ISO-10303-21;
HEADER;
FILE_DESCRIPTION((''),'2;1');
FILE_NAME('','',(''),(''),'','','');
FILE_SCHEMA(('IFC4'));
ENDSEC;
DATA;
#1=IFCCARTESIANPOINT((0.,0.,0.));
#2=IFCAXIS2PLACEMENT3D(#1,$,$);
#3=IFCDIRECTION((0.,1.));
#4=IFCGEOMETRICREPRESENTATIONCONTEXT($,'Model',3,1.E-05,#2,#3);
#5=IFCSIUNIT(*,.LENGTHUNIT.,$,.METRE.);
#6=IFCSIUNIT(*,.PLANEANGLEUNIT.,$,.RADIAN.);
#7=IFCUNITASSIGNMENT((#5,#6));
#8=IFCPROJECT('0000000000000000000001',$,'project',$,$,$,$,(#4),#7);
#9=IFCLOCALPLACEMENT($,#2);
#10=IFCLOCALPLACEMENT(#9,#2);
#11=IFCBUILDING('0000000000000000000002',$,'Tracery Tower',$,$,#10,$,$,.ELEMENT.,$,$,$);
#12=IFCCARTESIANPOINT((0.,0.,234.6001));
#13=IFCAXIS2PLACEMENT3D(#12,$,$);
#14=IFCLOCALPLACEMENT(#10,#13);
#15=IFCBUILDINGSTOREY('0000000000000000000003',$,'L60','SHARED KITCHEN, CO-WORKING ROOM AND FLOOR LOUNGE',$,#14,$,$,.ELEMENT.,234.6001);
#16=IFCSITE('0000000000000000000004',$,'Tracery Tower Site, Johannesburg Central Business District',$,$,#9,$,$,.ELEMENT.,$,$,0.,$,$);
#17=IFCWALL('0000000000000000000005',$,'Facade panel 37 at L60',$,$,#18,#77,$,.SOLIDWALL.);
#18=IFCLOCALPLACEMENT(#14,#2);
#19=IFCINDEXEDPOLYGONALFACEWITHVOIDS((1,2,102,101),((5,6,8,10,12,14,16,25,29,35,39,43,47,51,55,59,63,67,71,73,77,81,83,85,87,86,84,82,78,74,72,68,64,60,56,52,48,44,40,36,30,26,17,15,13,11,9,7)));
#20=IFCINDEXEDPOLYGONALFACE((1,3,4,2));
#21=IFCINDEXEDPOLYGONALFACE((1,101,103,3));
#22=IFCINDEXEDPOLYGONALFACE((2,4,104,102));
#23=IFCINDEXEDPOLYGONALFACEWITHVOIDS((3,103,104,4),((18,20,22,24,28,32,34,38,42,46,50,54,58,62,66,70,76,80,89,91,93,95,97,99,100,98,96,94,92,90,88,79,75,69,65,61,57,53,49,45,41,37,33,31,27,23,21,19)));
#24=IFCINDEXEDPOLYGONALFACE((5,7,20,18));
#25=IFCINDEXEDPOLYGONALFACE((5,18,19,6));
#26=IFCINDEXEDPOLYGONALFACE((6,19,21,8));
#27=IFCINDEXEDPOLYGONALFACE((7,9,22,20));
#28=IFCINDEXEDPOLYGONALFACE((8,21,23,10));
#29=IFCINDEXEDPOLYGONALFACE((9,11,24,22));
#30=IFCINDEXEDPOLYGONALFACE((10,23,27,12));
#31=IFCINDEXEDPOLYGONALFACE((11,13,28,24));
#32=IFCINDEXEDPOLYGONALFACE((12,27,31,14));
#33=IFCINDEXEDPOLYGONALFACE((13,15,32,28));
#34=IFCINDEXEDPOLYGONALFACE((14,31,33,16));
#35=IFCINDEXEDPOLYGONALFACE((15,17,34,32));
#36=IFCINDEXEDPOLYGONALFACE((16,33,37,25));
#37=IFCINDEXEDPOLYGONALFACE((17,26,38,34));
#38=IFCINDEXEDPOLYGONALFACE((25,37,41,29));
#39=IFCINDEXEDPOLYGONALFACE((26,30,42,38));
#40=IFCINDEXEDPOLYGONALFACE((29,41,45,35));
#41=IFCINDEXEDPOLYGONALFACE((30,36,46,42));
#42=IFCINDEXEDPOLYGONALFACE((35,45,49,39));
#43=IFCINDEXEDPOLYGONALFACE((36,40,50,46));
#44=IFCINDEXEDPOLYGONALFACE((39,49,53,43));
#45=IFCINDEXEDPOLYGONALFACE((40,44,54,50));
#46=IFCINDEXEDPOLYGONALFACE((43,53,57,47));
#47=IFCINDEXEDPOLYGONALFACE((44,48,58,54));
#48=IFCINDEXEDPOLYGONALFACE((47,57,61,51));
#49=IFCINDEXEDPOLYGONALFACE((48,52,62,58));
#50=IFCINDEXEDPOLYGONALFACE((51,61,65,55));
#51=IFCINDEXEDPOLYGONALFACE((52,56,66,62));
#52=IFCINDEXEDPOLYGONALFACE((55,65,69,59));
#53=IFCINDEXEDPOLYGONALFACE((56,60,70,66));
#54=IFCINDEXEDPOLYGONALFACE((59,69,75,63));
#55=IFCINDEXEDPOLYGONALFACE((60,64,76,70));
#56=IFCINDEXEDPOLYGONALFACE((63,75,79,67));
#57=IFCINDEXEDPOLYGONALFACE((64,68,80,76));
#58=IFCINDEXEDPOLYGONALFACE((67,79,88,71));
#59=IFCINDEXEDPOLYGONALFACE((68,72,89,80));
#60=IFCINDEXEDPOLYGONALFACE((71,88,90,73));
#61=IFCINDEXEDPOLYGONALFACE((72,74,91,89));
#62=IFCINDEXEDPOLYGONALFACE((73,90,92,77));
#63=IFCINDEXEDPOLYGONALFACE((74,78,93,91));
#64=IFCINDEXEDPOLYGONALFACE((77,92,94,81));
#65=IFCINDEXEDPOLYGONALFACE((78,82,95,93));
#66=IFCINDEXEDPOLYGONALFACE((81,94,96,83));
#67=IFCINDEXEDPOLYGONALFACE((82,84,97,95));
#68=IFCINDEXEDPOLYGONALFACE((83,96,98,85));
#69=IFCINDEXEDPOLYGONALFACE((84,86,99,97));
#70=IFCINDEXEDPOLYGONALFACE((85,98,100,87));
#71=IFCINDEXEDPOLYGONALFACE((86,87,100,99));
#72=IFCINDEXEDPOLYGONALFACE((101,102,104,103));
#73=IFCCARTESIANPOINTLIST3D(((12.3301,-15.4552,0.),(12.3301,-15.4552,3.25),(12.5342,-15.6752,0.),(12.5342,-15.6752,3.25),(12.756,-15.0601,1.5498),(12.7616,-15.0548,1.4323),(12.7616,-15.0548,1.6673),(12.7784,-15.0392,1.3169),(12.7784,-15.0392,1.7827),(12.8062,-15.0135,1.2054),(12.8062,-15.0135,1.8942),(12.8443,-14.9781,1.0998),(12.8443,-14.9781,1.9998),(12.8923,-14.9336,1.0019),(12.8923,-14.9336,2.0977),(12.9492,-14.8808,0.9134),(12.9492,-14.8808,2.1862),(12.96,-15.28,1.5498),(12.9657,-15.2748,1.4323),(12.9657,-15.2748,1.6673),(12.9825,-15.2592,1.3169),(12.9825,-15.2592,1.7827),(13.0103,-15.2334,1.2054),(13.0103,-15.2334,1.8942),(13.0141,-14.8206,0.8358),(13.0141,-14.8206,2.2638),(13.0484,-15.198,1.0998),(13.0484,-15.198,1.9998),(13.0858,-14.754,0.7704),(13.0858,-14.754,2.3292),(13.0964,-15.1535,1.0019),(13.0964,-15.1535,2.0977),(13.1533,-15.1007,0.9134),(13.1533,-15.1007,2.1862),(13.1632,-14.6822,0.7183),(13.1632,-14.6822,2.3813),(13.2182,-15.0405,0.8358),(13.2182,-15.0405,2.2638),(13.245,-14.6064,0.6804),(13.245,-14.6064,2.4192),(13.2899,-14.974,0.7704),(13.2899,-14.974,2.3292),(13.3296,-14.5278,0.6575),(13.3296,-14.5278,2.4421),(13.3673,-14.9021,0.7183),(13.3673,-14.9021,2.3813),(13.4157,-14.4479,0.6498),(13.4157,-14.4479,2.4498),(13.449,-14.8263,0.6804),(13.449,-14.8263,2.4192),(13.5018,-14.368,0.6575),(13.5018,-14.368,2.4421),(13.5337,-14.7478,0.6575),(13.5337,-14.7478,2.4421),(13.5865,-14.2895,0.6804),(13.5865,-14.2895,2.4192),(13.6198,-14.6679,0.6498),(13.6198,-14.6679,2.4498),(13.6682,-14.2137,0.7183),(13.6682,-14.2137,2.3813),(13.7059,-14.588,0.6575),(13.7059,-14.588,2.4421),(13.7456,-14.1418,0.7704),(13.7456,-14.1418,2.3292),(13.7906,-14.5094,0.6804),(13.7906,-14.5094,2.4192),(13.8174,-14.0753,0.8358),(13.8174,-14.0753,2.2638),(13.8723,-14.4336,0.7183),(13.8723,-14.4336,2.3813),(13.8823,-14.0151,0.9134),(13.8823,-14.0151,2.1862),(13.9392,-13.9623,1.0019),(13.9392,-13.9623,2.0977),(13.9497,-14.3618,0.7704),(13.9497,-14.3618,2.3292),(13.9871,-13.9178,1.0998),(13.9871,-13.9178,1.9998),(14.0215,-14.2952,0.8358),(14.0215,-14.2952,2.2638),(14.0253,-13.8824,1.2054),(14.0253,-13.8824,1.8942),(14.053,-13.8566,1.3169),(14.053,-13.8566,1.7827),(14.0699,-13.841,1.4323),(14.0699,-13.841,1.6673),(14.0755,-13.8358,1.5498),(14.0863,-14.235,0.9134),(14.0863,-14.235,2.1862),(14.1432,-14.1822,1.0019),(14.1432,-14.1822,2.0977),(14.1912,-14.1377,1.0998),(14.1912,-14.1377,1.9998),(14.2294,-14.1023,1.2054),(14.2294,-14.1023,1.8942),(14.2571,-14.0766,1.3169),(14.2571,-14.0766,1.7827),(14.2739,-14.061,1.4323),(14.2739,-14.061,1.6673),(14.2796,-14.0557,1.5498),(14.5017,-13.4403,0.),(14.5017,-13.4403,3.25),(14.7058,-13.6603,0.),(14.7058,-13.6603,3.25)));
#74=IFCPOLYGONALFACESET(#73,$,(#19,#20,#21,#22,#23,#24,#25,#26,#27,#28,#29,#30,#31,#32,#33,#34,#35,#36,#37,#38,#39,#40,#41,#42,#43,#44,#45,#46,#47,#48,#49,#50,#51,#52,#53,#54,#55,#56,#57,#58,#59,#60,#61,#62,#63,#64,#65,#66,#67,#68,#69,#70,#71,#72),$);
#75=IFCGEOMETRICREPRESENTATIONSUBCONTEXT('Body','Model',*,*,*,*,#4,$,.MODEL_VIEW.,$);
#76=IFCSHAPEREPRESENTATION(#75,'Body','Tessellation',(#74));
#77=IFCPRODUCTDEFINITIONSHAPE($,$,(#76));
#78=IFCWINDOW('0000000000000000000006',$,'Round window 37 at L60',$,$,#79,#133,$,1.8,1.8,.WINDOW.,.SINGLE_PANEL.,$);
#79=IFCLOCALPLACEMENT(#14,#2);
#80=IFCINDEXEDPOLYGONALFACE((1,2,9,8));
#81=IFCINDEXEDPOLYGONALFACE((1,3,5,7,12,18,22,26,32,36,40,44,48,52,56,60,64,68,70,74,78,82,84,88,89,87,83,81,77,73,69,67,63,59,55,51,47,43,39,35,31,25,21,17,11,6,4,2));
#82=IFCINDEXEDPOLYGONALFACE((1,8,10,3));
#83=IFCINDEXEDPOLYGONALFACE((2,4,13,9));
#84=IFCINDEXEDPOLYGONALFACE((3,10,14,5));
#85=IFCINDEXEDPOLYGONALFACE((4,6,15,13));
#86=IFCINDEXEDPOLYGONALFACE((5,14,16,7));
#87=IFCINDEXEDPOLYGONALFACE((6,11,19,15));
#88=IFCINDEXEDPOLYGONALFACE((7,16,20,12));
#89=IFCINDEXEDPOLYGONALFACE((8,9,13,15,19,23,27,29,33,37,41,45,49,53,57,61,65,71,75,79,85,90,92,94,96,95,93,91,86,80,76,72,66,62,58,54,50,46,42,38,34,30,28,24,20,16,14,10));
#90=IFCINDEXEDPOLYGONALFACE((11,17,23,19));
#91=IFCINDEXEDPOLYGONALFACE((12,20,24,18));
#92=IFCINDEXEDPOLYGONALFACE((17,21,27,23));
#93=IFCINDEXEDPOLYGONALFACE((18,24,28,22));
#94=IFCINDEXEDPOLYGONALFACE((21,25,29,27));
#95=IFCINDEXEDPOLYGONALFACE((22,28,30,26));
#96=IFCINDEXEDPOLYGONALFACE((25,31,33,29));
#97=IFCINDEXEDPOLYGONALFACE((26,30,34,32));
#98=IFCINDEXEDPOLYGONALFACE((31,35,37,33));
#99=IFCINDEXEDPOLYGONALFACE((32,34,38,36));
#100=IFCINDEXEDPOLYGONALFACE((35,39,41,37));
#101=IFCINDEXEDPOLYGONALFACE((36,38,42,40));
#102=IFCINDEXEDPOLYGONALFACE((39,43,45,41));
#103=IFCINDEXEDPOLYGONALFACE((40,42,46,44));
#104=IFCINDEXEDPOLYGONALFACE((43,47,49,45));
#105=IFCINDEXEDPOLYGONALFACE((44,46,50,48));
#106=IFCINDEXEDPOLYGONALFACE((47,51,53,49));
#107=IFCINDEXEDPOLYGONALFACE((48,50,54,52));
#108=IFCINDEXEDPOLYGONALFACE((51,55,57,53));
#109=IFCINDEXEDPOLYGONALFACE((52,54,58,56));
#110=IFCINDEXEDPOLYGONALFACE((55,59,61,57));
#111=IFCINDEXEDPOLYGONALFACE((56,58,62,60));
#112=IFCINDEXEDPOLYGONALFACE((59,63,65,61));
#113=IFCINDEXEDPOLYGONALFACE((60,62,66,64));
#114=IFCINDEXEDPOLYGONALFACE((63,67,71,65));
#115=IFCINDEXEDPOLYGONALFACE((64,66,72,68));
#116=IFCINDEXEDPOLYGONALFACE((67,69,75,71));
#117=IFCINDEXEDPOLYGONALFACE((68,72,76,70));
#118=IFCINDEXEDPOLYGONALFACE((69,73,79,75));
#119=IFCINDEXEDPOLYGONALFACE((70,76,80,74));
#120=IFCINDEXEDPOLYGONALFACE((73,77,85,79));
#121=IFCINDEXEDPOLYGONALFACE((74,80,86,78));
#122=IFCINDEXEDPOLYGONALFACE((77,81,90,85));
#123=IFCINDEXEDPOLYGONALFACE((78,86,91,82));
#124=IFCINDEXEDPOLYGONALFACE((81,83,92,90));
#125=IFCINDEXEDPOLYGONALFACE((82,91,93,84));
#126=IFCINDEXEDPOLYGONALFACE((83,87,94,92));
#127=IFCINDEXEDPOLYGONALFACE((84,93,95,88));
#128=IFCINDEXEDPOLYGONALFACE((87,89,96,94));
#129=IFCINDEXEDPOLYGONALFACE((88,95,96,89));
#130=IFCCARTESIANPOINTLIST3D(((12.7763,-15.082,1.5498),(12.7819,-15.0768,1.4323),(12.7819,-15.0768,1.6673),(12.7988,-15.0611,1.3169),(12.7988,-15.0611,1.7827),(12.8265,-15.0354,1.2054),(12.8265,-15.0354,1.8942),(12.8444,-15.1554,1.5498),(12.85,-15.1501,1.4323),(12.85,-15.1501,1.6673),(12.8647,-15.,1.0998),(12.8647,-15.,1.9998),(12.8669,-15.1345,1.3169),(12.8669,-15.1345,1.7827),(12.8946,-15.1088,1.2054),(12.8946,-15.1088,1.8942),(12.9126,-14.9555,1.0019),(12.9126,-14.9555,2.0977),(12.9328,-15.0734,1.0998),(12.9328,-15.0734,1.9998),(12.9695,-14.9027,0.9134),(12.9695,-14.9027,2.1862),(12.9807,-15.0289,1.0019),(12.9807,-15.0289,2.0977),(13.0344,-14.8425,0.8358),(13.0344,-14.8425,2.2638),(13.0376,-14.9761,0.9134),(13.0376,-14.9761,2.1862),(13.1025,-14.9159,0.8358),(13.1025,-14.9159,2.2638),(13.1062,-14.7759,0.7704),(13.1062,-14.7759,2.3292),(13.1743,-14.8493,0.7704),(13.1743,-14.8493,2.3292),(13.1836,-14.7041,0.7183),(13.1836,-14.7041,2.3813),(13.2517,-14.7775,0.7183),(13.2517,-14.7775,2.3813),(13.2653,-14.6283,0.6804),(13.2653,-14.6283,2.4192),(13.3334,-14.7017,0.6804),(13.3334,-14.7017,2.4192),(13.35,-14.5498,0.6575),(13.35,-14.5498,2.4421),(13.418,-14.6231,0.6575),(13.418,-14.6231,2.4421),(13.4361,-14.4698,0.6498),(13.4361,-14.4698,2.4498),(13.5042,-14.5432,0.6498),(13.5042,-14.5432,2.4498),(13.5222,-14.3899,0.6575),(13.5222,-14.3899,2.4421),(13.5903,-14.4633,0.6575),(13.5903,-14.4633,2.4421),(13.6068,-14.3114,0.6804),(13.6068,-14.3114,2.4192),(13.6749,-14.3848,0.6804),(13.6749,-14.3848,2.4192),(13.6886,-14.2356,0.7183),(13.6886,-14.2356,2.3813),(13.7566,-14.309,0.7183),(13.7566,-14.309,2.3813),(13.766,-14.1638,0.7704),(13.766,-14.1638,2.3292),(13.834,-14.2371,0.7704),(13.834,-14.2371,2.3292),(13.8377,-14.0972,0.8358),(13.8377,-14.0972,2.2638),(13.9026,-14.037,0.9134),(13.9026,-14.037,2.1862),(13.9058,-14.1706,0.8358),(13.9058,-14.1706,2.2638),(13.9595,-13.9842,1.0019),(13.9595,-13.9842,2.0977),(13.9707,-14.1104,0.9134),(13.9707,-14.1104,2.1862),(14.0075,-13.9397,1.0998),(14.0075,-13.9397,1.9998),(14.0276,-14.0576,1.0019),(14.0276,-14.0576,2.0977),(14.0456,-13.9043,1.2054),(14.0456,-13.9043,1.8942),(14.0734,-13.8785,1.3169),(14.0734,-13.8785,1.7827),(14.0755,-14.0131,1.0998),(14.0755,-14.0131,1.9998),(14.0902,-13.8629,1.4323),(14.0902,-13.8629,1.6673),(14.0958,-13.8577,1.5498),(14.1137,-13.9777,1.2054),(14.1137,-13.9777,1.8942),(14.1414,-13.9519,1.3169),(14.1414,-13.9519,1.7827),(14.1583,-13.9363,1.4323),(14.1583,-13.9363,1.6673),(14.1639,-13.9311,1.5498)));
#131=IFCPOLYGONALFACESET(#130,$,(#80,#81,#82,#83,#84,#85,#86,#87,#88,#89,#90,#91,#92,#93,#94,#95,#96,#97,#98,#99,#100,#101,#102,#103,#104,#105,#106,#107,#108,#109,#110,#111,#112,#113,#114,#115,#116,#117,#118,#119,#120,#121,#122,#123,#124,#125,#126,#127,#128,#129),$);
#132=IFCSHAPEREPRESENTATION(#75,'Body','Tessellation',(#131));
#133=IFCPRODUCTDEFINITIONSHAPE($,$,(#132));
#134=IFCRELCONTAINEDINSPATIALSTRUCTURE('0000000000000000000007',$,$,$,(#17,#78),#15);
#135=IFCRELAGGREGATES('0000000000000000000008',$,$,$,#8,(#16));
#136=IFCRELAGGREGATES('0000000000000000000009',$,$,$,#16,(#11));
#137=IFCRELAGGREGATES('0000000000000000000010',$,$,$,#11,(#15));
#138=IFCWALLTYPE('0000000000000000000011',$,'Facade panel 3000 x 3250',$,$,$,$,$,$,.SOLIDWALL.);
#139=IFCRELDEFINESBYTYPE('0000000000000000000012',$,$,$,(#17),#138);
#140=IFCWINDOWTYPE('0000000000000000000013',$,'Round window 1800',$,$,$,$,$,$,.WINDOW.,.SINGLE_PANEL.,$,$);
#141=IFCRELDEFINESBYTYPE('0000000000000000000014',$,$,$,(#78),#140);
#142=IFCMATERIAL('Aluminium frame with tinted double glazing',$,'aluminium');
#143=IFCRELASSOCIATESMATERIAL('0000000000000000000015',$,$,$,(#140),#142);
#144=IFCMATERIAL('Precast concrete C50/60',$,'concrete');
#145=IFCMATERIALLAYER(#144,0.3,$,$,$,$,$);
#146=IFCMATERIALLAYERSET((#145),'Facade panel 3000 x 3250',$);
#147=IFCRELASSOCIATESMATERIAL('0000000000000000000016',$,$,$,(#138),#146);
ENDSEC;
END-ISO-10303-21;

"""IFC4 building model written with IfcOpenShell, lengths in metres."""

from ifc_helpers import new_model, si_unit, direction, frame, frame_2d, origin, origin_2d, place, context, subcontext, project, spatial, rectangle, circle, extrude, material, layer, layer_set, type_object, element, fill, save


model = new_model("IFC4")

# Units and contexts
model_context = context("Model", 3, precision=1e-05, world=origin(), true_north=direction((0.0, 1.0)))
body_context = subcontext(model_context, "Body", "Model", "MODEL_VIEW")
ifc_project = project(units=[si_unit("LENGTHUNIT", "METRE"), si_unit("PLANEANGLEUNIT", "RADIAN")], contexts=[model_context])

# Site, building, storey
site_placement = place(None, origin())
site = spatial("IfcSite", under=ifc_project, at=site_placement, Name="Tracery Tower Site, Johannesburg Central Business District", CompositionType="ELEMENT", RefElevation=0.0)
building_placement = place(site_placement, origin())
building = spatial("IfcBuilding", under=site, at=building_placement, Name="Tracery Tower", CompositionType="ELEMENT")
storey_placement = place(building_placement, frame((0.0, 0.0, 234.6001)))
storey = spatial("IfcBuildingStorey", under=building, at=storey_placement, Name="L60", Description="SHARED KITCHEN, CO-WORKING ROOM AND FLOOR LOUNGE", CompositionType="ELEMENT", Elevation=234.6001)

# Wall, opening, window
ifc_material_1 = material(Name="Aluminium frame with tinted double glazing", Category="aluminium")
window_type = type_object("IfcWindowType", Name="Round window 1800", PartitioningType="SINGLE_PANEL", PredefinedType="WINDOW", material=ifc_material_1)
ifc_material_2 = material(Name="Precast concrete C50/60", Category="concrete")
ifc_layer_1 = layer(ifc_material_2, 0.3)
ifc_layer_set_1 = layer_set([ifc_layer_1], Name="Facade panel 3000 x 3250")
wall_type_1 = type_object("IfcWallType", Name="Facade panel 3000 x 3250", PredefinedType="SOLIDWALL", material=ifc_layer_set_1)
wall_1_placement = place(storey_placement, frame((12.4321, -15.5652, 0.0), z_axis=(0.0, 0.0, 1.0), x_axis=(0.733066, 0.680157, 0.0)))
wall_1 = element("IfcWall", 1, at=wall_1_placement, inside=storey, type_object=wall_type_1, Name="Facade panel 37 at L60", PredefinedType="SOLIDWALL", context=body_context, shape_type="SweptSolid", body=[
    extrude(rectangle(XDim=2.9624, YDim=0.3, at=frame_2d((1.4812, 0.0))), origin(), (0.0, 0.0, 1.0), 3.25),
])
opening_1_placement = place(wall_1_placement, frame((1.481, 0.0, 1.5498)))
opening_1 = element("IfcOpeningElement", 2, at=opening_1_placement, cuts=wall_1, PredefinedType="OPENING", context=body_context, shape_type="SweptSolid", body=[
    extrude(circle(Radius=0.9, at=origin_2d()), frame((0.0, 0.1599, 0.0), z_axis=(0.0, -1.0, 0.0), x_axis=(1.0, 0.0, 0.0)), (0.0, 0.0, 1.0), 0.3201),
])
window_1_placement = place(opening_1_placement, origin())
window_1 = element("IfcWindow", 3, at=window_1_placement, inside=storey, type_object=window_type, Name="Round window 37 at L60", OverallHeight=1.8, OverallWidth=1.8, PartitioningType="SINGLE_PANEL", PredefinedType="WINDOW", context=body_context, shape_type="SweptSolid", body=[
    extrude(circle(Radius=0.9, at=origin_2d()), frame((0.0, 0.1201, 0.0), z_axis=(0.0, -1.0, 0.0), x_axis=(1.0, 0.0, 0.0)), (0.0, 0.0, 1.0), 0.1001),
])
fill(opening_1, window_1)

save(model, "model.ifc")
